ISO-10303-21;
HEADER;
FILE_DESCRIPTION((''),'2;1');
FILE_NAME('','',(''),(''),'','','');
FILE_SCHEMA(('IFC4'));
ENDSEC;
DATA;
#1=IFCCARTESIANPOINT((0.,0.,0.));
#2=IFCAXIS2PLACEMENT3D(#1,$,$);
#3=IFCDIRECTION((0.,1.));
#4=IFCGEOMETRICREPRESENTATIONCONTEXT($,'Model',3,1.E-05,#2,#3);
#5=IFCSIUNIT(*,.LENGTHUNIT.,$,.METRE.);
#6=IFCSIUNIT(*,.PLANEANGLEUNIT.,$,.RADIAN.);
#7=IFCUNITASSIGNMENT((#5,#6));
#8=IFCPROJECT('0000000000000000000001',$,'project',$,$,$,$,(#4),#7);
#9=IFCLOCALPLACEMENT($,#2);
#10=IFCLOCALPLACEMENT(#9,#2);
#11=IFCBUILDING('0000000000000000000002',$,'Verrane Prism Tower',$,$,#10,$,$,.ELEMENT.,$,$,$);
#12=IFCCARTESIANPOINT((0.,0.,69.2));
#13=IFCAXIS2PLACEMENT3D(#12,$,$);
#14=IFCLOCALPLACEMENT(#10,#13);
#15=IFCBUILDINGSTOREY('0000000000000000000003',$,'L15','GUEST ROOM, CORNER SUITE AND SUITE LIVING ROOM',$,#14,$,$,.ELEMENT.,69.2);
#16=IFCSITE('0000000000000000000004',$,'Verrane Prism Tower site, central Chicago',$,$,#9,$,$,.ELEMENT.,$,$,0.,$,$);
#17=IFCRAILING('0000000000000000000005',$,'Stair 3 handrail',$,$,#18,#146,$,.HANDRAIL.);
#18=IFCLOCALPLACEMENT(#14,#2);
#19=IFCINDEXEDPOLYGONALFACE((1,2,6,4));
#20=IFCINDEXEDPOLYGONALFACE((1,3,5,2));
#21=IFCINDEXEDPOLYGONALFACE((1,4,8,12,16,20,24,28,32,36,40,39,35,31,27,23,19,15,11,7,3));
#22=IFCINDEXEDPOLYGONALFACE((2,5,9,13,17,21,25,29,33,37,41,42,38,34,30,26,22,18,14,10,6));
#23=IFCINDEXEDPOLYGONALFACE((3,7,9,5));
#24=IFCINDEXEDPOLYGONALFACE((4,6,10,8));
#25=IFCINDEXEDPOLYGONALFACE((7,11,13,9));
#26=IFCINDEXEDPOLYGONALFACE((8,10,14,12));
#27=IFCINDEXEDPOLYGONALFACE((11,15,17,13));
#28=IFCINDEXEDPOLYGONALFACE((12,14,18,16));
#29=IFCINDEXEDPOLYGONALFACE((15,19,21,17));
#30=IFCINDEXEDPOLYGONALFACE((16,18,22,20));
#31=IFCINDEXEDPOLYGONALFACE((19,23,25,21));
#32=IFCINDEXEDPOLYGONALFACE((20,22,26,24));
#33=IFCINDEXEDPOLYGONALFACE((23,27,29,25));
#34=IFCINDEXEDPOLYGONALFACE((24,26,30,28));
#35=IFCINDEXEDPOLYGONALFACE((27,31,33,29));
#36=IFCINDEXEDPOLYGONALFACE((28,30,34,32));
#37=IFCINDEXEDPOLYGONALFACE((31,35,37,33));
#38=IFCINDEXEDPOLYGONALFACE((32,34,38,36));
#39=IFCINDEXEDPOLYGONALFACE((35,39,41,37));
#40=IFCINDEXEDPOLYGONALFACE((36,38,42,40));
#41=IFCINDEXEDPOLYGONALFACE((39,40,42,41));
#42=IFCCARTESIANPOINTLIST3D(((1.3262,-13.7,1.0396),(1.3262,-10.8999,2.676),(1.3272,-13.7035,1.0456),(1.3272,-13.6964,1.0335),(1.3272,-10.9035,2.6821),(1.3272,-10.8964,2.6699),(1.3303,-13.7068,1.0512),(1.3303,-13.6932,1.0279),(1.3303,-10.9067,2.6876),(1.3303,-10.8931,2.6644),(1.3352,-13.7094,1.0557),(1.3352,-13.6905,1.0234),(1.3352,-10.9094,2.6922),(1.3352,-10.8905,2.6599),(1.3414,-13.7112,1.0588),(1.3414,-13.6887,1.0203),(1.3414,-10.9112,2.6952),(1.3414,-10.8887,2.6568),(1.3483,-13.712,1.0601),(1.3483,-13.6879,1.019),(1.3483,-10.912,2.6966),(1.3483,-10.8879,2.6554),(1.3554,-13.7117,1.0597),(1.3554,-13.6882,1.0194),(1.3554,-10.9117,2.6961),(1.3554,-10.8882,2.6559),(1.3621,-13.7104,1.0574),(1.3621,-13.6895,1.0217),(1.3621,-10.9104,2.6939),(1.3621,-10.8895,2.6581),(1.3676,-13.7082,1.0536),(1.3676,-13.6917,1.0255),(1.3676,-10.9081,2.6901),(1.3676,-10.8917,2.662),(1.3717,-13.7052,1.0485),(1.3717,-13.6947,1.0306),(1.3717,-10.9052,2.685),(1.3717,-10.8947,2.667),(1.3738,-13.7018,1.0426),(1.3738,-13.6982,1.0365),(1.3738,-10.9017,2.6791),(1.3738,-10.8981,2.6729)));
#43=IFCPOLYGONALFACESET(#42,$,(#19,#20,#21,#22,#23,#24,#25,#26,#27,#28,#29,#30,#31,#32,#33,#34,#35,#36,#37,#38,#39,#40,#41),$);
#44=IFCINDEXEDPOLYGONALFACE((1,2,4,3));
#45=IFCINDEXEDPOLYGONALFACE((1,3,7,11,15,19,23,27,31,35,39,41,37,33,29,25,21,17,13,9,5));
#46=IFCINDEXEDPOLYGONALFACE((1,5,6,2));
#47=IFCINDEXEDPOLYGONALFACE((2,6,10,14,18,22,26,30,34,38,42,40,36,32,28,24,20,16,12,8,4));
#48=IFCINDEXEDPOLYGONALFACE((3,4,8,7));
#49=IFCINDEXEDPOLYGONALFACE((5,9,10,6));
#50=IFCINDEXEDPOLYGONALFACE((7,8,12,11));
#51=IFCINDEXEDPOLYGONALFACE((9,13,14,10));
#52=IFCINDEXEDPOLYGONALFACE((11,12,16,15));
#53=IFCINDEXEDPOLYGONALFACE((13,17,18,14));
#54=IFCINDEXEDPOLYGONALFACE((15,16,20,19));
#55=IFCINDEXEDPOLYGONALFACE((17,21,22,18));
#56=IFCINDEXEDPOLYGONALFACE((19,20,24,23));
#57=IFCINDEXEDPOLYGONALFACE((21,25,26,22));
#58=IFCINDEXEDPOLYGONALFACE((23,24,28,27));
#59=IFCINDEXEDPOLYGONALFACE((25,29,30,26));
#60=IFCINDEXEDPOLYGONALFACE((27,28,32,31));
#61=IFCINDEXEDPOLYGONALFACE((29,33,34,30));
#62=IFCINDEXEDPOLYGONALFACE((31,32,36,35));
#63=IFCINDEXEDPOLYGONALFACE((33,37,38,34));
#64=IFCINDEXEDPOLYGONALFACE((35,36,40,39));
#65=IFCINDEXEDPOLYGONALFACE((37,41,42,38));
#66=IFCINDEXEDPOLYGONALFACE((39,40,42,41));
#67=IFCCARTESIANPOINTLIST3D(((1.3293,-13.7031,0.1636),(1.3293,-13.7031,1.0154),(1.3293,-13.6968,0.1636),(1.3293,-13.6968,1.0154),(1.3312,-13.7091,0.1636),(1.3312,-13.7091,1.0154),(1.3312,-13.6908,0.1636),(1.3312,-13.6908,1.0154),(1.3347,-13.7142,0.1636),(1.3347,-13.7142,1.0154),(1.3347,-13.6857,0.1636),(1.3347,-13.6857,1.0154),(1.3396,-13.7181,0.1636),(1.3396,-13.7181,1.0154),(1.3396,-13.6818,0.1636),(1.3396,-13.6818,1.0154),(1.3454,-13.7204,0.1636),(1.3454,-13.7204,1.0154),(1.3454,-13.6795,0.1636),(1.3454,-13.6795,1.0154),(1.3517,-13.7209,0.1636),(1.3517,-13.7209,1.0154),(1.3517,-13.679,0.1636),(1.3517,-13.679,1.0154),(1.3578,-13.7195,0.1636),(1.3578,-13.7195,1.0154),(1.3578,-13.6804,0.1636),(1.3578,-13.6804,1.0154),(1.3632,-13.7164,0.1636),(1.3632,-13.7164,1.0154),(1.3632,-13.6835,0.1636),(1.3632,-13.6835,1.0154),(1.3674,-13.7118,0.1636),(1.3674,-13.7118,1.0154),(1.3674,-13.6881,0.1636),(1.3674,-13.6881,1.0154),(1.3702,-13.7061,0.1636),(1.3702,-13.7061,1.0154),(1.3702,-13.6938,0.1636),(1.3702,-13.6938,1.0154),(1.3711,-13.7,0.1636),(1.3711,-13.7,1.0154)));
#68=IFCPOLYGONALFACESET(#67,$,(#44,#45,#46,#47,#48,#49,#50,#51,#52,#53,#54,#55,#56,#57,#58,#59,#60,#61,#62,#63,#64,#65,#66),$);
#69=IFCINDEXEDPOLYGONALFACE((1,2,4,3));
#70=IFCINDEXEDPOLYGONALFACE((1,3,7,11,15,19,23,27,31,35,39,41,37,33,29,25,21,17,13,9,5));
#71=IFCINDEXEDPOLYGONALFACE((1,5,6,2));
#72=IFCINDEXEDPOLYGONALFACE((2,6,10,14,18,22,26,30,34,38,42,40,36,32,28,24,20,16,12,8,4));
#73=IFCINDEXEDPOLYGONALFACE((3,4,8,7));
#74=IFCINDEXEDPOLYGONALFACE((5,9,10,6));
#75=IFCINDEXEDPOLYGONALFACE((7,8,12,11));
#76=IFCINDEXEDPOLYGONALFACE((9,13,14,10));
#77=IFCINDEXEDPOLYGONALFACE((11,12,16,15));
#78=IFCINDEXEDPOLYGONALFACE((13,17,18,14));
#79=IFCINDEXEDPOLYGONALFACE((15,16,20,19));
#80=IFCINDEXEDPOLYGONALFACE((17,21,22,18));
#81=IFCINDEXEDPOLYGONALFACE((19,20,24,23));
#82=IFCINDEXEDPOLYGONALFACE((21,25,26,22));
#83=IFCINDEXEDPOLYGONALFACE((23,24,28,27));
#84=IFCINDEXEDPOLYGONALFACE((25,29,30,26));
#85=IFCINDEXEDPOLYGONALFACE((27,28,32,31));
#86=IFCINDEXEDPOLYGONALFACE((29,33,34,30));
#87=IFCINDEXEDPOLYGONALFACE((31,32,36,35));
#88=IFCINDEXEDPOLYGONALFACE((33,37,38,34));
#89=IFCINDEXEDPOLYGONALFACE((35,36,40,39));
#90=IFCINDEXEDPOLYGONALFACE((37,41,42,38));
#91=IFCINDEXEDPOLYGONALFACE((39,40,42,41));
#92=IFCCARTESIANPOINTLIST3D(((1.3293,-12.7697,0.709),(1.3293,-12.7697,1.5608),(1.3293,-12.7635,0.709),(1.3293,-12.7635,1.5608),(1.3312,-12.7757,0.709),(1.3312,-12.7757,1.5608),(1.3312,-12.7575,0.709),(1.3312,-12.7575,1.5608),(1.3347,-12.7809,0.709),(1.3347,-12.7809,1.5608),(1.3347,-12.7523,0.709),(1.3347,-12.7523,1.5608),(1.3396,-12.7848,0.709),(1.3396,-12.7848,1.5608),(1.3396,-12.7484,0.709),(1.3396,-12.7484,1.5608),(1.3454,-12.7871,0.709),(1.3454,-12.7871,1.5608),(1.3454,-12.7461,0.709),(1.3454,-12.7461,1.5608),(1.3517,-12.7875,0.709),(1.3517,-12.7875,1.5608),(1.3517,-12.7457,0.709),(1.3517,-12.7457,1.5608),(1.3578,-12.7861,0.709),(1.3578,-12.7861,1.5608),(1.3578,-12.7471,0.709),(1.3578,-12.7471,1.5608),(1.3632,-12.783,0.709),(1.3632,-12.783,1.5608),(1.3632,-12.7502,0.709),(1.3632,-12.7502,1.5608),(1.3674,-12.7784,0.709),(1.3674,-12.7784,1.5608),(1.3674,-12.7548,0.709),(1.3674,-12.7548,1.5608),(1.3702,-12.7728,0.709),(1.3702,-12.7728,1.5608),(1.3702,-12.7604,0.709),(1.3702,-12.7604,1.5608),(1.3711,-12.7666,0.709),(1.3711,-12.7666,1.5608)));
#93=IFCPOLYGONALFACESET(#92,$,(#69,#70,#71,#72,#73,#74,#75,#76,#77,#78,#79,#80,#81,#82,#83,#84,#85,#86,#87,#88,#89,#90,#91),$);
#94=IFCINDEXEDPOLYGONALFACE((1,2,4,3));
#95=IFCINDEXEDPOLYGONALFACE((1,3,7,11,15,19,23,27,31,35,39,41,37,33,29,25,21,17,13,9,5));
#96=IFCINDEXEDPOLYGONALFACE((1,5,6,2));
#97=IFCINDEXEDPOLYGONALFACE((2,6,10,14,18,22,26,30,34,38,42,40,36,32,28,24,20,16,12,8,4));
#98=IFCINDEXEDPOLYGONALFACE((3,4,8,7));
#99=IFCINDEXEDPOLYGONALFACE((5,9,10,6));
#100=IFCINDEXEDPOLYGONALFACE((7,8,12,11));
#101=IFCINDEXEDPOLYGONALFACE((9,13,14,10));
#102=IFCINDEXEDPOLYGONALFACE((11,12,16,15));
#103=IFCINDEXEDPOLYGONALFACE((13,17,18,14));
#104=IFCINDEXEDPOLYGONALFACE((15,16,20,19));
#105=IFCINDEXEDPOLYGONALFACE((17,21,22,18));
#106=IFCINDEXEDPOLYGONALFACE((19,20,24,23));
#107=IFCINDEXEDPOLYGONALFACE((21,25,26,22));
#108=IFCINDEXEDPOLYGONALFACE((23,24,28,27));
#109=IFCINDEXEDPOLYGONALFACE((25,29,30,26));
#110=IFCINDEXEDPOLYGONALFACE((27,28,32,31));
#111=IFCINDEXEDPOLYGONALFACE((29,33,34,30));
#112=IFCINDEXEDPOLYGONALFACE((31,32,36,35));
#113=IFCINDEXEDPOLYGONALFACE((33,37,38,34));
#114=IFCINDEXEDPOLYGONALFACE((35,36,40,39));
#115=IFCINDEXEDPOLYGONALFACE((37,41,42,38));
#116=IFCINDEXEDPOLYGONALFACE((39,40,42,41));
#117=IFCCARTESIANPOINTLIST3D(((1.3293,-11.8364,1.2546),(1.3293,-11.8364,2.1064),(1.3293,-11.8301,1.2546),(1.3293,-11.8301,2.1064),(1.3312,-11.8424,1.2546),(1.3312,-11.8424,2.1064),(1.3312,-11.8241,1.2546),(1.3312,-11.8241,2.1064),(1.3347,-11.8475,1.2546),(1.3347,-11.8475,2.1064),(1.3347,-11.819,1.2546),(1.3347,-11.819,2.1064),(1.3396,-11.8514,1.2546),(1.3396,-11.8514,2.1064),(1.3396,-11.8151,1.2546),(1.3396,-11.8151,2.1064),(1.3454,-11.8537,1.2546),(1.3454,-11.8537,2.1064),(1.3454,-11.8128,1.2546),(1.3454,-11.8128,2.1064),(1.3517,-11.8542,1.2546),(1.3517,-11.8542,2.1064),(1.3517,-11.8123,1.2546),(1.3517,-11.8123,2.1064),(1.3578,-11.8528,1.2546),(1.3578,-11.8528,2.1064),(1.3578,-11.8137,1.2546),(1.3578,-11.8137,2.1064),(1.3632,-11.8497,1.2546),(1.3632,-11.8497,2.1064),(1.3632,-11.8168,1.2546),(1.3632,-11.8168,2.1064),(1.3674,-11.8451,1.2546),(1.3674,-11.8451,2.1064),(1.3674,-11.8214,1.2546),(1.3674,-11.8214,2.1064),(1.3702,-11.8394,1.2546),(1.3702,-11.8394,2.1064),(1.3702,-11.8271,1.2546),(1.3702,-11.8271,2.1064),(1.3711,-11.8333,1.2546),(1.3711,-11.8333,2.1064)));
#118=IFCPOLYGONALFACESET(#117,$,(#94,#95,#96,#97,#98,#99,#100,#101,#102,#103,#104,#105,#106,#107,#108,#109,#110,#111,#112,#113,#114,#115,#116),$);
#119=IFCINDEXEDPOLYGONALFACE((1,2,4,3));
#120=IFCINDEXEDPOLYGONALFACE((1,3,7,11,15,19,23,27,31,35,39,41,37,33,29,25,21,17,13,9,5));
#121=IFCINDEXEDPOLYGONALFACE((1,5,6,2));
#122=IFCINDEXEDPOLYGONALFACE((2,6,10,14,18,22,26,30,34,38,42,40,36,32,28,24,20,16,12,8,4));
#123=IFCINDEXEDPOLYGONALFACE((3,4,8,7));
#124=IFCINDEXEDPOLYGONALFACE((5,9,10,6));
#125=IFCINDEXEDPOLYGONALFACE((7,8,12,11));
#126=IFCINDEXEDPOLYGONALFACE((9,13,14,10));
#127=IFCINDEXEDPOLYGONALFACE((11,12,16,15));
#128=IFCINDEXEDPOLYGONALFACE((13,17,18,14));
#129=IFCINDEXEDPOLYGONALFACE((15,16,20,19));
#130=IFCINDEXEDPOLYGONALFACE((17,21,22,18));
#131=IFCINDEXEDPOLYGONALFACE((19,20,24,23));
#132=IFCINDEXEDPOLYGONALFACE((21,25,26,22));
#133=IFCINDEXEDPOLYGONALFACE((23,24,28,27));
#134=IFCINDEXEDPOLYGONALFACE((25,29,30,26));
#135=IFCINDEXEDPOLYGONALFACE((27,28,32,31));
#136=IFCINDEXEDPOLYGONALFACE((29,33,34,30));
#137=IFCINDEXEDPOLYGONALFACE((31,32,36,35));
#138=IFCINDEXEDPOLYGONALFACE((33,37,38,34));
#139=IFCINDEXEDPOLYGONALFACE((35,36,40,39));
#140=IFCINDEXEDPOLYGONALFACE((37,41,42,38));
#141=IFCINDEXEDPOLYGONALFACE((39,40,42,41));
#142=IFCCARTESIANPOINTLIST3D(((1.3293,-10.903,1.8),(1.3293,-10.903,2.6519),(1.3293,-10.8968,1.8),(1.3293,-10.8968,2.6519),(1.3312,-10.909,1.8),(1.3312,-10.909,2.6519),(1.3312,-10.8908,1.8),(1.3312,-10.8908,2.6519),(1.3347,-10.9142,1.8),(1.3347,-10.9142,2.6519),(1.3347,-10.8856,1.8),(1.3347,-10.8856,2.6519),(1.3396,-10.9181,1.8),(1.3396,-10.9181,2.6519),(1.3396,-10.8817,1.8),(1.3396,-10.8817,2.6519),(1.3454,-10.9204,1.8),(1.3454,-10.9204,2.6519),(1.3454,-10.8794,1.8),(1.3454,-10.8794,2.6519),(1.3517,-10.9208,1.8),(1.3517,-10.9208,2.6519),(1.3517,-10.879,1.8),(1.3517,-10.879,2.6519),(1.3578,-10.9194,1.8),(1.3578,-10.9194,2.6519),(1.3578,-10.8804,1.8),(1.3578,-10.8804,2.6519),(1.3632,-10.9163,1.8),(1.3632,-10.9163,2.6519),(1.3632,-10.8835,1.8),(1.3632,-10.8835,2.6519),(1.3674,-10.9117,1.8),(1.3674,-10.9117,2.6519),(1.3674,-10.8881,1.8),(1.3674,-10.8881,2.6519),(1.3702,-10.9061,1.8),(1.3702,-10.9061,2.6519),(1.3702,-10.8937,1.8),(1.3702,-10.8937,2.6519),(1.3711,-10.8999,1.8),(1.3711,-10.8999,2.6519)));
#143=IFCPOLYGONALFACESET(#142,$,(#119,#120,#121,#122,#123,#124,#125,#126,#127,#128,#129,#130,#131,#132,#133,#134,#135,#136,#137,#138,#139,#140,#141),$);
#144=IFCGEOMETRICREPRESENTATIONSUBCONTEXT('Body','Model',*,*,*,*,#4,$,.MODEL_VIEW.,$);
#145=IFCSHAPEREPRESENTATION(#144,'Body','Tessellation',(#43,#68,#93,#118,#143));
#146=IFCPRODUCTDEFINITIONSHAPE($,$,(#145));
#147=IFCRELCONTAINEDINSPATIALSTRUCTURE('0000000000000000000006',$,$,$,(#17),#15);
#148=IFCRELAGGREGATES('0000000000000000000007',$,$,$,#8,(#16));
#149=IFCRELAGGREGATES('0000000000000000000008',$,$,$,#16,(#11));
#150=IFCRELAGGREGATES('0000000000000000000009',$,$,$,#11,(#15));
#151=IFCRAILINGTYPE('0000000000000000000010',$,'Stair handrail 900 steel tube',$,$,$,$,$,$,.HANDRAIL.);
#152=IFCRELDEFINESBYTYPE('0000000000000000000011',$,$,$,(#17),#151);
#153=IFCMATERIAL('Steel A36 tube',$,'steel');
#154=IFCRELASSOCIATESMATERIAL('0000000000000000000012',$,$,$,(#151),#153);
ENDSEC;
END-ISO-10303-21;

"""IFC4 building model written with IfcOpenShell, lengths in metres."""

from ifc_helpers import new_model, si_unit, direction, frame, origin, origin_2d, place, context, subcontext, project, spatial, circle, extrude, material, type_object, element, save


model = new_model("IFC4")

# Units and contexts
model_context = context("Model", 3, precision=1e-05, world=origin(), true_north=direction((0.0, 1.0)))
body_context = subcontext(model_context, "Body", "Model", "MODEL_VIEW")
ifc_project = project(units=[si_unit("LENGTHUNIT", "METRE"), si_unit("PLANEANGLEUNIT", "RADIAN")], contexts=[model_context])

# Site, building, storey
site_placement = place(None, origin())
site = spatial("IfcSite", under=ifc_project, at=site_placement, Name="Verrane Prism Tower site, central Chicago", CompositionType="ELEMENT", RefElevation=0.0)
building_placement = place(site_placement, origin())
building = spatial("IfcBuilding", under=site, at=building_placement, Name="Verrane Prism Tower", CompositionType="ELEMENT")
storey_placement = place(building_placement, frame((0.0, 0.0, 69.2)))
storey = spatial("IfcBuildingStorey", under=building, at=storey_placement, Name="L15", Description="GUEST ROOM, CORNER SUITE AND SUITE LIVING ROOM", CompositionType="ELEMENT", Elevation=69.2)

# Railing
ifc_material_1 = material(Name="Steel A36 tube", Category="steel")
railing_type_1 = type_object("IfcRailingType", Name="Stair handrail 900 steel tube", PredefinedType="HANDRAIL", material=ifc_material_1)
railing_1_placement = place(storey_placement, frame((1.3501, -13.7, 0.1636)))
element("IfcRailing", 1, at=railing_1_placement, inside=storey, type_object=railing_type_1, Name="Stair 3 handrail", PredefinedType="HANDRAIL", context=body_context, shape_type="SweptSolid", body=[
    extrude(circle(Radius=0.0239, at=origin_2d()), frame((0.0, 0.0, 0.876), z_axis=(0.0, 0.863361, 0.504587), x_axis=(-1.0, 0.0, 0.0)), (0.0, 0.0, 1.0), 3.2432),
    extrude(circle(Radius=0.021, at=origin_2d()), origin(), (0.0, 0.0, 1.0), 0.8518),
    extrude(circle(Radius=0.021, at=origin_2d()), frame((0.0, 0.9333, 0.5454)), (0.0, 0.0, 1.0), 0.8518),
    extrude(circle(Radius=0.021, at=origin_2d()), frame((0.0, 1.8667, 1.0911)), (0.0, 0.0, 1.0), 0.8518),
    extrude(circle(Radius=0.021, at=origin_2d()), frame((0.0, 2.8, 1.6365)), (0.0, 0.0, 1.0), 0.8518),
])

save(model, "model.ifc")
